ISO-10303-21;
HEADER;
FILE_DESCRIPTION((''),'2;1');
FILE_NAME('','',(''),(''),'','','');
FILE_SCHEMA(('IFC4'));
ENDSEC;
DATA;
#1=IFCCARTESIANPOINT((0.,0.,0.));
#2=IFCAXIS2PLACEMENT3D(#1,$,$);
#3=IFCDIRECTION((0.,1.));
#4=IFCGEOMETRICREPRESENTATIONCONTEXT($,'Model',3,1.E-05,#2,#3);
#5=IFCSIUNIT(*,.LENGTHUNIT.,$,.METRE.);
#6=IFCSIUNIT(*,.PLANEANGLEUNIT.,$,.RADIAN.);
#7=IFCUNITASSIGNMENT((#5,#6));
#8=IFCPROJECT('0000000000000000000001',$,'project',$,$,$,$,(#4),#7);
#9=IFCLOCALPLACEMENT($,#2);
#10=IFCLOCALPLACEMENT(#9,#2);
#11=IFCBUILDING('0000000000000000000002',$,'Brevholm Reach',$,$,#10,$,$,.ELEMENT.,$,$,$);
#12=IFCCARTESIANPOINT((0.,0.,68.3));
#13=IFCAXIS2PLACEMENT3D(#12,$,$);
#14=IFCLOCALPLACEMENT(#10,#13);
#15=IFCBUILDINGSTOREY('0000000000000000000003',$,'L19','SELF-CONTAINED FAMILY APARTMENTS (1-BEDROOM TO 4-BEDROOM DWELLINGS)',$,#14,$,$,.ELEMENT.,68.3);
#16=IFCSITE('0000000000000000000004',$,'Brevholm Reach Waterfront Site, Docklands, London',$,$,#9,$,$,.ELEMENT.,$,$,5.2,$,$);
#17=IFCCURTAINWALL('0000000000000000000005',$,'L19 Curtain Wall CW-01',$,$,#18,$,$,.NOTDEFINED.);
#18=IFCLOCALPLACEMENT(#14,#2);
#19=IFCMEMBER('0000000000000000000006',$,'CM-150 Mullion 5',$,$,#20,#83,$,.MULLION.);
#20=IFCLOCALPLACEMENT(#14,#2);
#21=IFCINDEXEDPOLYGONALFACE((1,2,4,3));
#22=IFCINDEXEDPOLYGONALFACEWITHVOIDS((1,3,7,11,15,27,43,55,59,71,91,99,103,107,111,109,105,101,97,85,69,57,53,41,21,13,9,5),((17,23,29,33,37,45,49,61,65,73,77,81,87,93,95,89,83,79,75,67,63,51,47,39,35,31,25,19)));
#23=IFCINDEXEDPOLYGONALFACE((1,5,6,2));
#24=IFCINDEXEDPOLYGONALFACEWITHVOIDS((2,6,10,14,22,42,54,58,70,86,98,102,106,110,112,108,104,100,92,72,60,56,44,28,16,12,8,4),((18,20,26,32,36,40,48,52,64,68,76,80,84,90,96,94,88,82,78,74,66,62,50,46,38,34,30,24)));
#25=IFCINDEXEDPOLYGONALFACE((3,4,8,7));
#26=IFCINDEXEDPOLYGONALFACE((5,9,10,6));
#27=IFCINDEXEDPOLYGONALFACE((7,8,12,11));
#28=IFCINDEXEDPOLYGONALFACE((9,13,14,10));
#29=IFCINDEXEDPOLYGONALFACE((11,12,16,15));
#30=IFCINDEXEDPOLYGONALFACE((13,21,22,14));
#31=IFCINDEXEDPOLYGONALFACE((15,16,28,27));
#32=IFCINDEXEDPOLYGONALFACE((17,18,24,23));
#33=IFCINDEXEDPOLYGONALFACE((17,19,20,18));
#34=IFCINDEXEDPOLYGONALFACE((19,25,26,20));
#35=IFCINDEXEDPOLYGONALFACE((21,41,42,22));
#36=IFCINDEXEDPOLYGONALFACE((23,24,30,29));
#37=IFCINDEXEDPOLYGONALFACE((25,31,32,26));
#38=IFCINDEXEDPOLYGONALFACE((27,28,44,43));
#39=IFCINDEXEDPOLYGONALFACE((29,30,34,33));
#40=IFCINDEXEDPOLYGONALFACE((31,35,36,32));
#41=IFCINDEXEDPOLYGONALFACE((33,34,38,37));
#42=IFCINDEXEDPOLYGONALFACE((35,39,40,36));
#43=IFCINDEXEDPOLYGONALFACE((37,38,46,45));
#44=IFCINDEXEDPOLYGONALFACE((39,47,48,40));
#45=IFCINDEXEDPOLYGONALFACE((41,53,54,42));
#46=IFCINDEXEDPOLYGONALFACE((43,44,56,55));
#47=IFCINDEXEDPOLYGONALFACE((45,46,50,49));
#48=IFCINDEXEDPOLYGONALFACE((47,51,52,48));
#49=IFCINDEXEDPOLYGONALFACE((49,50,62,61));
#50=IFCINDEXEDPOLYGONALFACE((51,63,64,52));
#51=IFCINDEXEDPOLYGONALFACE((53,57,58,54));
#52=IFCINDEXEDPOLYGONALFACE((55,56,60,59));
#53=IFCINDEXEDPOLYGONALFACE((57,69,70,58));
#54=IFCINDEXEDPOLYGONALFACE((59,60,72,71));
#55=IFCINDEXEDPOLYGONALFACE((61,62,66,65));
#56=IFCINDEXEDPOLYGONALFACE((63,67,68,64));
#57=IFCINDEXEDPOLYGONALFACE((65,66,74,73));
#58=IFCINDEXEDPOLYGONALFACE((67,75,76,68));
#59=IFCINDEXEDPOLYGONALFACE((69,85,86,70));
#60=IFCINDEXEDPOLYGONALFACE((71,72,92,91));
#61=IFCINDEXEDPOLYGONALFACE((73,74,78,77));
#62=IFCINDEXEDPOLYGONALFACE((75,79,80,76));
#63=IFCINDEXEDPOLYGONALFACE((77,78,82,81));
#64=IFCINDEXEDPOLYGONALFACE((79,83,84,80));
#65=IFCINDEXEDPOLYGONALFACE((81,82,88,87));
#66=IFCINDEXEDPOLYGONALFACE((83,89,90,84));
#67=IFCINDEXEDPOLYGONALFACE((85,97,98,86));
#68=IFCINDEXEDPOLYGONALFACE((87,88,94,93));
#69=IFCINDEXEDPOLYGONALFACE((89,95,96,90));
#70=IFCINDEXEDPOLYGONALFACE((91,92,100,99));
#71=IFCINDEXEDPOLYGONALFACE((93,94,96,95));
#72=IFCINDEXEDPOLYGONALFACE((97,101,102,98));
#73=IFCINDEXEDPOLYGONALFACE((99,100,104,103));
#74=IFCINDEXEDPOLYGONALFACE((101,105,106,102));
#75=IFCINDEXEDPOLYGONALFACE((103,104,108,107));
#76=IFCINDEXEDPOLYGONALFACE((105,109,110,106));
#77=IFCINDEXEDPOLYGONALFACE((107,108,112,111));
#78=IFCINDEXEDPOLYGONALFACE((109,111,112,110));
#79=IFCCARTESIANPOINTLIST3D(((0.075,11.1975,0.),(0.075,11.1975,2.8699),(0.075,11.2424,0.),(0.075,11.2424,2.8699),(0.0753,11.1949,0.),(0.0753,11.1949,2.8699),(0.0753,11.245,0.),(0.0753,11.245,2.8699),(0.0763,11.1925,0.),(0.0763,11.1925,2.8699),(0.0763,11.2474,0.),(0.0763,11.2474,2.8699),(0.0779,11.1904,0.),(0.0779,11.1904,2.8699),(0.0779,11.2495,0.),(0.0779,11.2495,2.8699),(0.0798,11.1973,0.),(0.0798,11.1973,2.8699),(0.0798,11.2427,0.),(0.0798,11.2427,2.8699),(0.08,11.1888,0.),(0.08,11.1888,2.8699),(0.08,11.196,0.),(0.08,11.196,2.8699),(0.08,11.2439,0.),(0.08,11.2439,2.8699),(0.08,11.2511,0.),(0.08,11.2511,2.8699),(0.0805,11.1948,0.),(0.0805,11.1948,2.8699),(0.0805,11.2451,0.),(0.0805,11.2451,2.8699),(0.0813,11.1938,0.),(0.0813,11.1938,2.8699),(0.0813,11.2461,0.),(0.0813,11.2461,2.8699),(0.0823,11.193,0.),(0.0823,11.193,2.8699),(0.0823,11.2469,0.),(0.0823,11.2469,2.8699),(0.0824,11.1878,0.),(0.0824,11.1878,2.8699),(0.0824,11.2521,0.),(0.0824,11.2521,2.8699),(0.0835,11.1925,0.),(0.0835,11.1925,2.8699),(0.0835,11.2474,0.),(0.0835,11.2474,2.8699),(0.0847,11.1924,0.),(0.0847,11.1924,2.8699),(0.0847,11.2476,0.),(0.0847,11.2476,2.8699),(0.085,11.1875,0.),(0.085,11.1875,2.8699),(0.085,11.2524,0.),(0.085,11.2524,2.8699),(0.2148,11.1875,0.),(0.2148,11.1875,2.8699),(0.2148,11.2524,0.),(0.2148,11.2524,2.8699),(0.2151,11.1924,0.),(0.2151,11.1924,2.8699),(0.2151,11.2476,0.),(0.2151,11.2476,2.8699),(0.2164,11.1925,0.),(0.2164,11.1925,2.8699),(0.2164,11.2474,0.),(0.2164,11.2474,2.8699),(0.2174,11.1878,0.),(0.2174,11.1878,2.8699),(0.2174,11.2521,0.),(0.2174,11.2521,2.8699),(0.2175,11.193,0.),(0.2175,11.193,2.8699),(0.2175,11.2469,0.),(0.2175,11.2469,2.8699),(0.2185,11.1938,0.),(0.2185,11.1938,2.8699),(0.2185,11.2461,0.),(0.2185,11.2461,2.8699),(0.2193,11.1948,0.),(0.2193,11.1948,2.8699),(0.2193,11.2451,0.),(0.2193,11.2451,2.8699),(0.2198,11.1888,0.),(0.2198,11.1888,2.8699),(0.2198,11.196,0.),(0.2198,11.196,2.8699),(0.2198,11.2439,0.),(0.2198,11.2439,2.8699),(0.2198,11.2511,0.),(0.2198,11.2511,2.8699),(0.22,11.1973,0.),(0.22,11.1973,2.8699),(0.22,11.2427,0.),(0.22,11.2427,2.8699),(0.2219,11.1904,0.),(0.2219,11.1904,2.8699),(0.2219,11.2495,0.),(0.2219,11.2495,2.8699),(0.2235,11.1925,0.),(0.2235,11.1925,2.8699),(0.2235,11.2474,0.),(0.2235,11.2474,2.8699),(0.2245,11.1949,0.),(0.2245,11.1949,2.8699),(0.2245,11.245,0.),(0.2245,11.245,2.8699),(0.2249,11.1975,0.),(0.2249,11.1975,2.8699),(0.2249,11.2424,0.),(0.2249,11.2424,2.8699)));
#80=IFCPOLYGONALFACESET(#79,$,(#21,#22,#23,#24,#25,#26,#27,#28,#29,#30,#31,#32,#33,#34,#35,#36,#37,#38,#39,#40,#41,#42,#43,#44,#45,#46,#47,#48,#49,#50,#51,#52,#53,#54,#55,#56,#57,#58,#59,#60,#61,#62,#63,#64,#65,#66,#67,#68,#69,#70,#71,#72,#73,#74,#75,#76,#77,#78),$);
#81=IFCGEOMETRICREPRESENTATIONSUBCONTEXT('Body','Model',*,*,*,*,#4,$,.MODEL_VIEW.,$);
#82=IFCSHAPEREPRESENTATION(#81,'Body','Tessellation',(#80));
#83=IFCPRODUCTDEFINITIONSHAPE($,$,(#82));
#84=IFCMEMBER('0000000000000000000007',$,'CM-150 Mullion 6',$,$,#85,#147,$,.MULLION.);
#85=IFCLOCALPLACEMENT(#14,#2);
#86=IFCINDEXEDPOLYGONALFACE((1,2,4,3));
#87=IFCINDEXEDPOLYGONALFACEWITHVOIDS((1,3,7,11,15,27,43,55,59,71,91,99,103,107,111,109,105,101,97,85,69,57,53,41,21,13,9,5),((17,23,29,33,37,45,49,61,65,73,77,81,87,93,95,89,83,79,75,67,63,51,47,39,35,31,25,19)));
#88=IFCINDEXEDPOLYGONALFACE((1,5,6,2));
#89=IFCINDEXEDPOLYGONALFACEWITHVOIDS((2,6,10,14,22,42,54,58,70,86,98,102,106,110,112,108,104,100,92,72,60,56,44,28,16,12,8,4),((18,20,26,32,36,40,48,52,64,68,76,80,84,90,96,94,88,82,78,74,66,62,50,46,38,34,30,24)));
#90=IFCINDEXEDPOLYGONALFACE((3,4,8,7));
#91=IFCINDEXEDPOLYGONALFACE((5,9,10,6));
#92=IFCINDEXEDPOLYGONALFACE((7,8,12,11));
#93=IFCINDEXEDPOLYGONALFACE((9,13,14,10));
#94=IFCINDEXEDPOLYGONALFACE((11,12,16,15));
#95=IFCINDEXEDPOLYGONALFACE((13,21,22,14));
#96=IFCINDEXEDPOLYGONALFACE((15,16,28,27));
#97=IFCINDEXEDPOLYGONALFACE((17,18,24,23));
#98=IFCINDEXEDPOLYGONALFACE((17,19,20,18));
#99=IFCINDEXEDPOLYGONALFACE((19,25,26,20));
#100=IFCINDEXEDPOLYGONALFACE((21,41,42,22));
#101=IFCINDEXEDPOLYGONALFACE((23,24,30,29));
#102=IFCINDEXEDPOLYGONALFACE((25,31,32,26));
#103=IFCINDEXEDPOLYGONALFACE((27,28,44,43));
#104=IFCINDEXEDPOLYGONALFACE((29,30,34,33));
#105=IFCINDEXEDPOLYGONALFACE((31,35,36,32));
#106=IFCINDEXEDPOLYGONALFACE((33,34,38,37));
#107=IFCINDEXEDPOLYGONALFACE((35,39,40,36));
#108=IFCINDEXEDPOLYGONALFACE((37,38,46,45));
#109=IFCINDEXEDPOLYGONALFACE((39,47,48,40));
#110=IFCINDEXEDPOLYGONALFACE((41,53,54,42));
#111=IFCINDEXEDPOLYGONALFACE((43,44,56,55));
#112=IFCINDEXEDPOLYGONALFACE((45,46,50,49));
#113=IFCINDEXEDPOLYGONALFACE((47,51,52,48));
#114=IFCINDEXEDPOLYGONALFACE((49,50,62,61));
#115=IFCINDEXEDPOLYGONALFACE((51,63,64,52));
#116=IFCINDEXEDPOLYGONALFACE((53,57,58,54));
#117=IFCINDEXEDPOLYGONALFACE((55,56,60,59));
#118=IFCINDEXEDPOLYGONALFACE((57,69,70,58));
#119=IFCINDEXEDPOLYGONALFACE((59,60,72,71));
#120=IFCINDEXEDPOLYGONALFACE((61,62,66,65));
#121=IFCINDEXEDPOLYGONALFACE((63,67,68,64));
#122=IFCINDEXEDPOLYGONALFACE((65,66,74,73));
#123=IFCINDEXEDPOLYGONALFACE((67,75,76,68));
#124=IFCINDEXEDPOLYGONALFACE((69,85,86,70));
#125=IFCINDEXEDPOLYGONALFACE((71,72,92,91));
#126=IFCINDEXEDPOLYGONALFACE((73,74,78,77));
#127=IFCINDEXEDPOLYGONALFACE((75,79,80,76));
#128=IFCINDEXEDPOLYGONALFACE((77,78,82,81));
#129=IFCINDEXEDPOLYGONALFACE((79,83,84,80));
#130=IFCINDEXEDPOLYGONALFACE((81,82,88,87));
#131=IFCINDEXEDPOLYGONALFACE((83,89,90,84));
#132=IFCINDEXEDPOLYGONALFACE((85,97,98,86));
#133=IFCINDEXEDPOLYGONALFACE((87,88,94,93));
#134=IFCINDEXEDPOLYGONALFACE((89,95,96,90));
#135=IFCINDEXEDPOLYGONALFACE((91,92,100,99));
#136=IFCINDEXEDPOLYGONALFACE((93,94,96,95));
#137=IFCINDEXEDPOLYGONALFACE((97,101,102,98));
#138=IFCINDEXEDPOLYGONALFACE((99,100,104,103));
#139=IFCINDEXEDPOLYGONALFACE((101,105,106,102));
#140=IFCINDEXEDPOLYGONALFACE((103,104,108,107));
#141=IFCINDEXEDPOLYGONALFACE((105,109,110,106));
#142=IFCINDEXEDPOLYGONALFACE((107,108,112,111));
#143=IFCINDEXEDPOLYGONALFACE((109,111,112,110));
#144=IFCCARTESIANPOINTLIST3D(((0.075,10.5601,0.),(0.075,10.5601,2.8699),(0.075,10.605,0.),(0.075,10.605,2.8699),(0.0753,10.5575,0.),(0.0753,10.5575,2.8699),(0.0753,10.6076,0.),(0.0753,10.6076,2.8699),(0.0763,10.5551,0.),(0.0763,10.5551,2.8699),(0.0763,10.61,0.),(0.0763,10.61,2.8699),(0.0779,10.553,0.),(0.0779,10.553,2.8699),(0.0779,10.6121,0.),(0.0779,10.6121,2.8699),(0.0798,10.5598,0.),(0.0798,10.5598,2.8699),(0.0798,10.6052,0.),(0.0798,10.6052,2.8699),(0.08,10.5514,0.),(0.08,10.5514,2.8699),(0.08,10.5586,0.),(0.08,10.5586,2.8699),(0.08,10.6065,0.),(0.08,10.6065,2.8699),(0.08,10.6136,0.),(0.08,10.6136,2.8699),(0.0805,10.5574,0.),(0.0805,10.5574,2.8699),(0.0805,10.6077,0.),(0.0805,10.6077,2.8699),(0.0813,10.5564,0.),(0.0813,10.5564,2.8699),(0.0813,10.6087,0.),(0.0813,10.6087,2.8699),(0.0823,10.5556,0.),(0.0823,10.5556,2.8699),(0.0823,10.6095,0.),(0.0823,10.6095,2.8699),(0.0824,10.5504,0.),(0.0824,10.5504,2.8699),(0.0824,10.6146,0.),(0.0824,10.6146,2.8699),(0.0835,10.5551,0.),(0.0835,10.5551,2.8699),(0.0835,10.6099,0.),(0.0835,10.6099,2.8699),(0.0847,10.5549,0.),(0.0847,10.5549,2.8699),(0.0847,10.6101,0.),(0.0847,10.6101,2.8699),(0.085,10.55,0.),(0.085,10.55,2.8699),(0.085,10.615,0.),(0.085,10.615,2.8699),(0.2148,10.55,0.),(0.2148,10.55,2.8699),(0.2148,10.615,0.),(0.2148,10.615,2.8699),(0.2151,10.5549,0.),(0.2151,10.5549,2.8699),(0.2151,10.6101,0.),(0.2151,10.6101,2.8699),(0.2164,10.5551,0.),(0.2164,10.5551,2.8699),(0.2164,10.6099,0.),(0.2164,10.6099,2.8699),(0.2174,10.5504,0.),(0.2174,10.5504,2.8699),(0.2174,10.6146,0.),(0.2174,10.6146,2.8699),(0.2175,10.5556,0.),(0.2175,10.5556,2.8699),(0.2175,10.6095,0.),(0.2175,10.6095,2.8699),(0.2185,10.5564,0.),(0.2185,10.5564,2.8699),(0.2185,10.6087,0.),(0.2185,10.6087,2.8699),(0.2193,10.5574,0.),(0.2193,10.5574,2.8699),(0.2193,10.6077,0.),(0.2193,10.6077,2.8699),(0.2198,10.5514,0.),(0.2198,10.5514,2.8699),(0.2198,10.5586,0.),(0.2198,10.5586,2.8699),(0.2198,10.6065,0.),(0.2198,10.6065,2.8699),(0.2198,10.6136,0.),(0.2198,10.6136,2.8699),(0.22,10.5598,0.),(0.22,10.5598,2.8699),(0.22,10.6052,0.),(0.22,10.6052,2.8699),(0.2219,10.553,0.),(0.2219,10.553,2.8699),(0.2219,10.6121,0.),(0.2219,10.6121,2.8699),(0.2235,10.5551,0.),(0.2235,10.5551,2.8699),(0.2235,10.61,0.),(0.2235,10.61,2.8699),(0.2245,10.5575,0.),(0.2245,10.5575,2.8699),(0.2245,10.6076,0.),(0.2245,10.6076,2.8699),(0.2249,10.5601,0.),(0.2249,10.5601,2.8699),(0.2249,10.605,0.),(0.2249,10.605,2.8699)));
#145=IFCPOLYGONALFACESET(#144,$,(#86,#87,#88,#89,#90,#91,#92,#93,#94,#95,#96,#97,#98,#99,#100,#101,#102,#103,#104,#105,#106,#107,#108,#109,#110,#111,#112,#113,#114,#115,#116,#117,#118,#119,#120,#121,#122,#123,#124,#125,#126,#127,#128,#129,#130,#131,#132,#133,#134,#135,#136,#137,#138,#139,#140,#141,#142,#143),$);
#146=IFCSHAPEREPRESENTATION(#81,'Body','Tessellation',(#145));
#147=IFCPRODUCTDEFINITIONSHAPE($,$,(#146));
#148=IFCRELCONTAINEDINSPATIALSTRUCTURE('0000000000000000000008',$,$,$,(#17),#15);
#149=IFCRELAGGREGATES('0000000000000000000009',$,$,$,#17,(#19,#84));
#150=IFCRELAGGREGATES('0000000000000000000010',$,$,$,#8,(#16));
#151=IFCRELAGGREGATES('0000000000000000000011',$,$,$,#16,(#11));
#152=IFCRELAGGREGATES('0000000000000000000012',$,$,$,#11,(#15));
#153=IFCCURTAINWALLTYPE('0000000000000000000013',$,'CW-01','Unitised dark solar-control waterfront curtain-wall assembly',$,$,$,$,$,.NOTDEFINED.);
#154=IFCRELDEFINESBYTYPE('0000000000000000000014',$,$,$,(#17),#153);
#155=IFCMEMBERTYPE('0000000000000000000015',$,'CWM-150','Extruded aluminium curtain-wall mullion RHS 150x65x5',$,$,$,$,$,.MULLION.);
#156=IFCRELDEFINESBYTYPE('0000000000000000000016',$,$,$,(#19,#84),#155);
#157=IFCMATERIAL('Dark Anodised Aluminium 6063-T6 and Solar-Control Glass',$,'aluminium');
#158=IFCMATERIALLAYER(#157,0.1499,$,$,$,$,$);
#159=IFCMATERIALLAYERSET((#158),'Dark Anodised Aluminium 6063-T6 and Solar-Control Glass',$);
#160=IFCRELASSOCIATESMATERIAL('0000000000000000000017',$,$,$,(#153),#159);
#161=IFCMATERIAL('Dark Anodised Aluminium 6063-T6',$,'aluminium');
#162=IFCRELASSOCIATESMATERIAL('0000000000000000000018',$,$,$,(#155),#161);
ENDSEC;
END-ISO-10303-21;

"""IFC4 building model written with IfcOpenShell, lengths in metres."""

from ifc_helpers import new_model, si_unit, direction, frame, origin, origin_2d, place, context, subcontext, project, spatial, hollow_rectangle, extrude, material, layer, layer_set, material_profile, profile_set, type_object, element, aggregate, save


model = new_model("IFC4")

# Units and contexts
model_context = context("Model", 3, precision=1e-05, world=origin(), true_north=direction((0.0, 1.0)))
body_context = subcontext(model_context, "Body", "Model", "MODEL_VIEW")
ifc_project = project(units=[si_unit("LENGTHUNIT", "METRE"), si_unit("PLANEANGLEUNIT", "RADIAN")], contexts=[model_context])

# Site, building, storey
site_placement = place(None, origin())
site = spatial("IfcSite", under=ifc_project, at=site_placement, Name="Brevholm Reach Waterfront Site, Docklands, London", CompositionType="ELEMENT", RefElevation=5.2)
building_placement = place(site_placement, origin())
building = spatial("IfcBuilding", under=site, at=building_placement, Name="Brevholm Reach", CompositionType="ELEMENT")
storey_placement = place(building_placement, frame((0.0, 0.0, 68.3)))
storey = spatial("IfcBuildingStorey", under=building, at=storey_placement, Name="L19", Description="SELF-CONTAINED FAMILY APARTMENTS (1-BEDROOM TO 4-BEDROOM DWELLINGS)", CompositionType="ELEMENT", Elevation=68.3)

# Curtain wall, members
ifc_material_1 = material(Name="Dark Anodised Aluminium 6063-T6 and Solar-Control Glass", Category="aluminium")
ifc_layer_1 = layer(ifc_material_1, 0.1499)
ifc_layer_set_1 = layer_set([ifc_layer_1], Name="Dark Anodised Aluminium 6063-T6 and Solar-Control Glass")
curtain_wall_type = type_object("IfcCurtainWallType", Name="CW-01", Description="Unitised dark solar-control waterfront curtain-wall assembly", PredefinedType="NOTDEFINED", material=ifc_layer_set_1)
curtain_wall_placement = place(storey_placement, origin())
curtain_wall = element("IfcCurtainWall", 1, at=curtain_wall_placement, inside=storey, type_object=curtain_wall_type, Name="L19 Curtain Wall CW-01", PredefinedType="NOTDEFINED")
ifc_material_2 = material(Name="Dark Anodised Aluminium 6063-T6", Category="aluminium")
ifc_material_profile_1 = material_profile(ifc_material_2, hollow_rectangle(XDim=0.0649, YDim=0.1499, WallThickness=0.0049, InnerFilletRadius=0.0049, OuterFilletRadius=0.01, at=origin_2d()), Name="RHS 150x65x5")
ifc_profile_set_1 = profile_set([ifc_material_profile_1], Name="Dark Anodised Aluminium 6063-T6")
member_type_1 = type_object("IfcMemberType", Name="CWM-150", Description="Extruded aluminium curtain-wall mullion RHS 150x65x5", PredefinedType="MULLION", material=ifc_profile_set_1)
member_1_placement = place(storey_placement, frame((0.1499, 11.22, 0.0), z_axis=(0.0, 0.0, 1.0), x_axis=(0.0, -1.0, 0.0)))
member_1 = element("IfcMember", 2, at=member_1_placement, type_object=member_type_1, Name="CM-150 Mullion 5", PredefinedType="MULLION", context=body_context, shape_type="SweptSolid", body=[
    extrude(hollow_rectangle(XDim=0.0649, YDim=0.1499, WallThickness=0.0049, InnerFilletRadius=0.0049, OuterFilletRadius=0.01, at=origin_2d()), origin(), (0.0, 0.0, 1.0), 2.8699),
])
member_2_placement = place(storey_placement, frame((0.1499, 10.5825, 0.0), z_axis=(0.0, 0.0, 1.0), x_axis=(0.0, -1.0, 0.0)))
member_2 = element("IfcMember", 3, at=member_2_placement, type_object=member_type_1, Name="CM-150 Mullion 6", PredefinedType="MULLION", context=body_context, shape_type="SweptSolid", body=[
    extrude(hollow_rectangle(XDim=0.0649, YDim=0.1499, WallThickness=0.0049, InnerFilletRadius=0.0049, OuterFilletRadius=0.01, at=origin_2d()), origin(), (0.0, 0.0, 1.0), 2.8699),
])
aggregate(curtain_wall, [member_1, member_2])

save(model, "model.ifc")
